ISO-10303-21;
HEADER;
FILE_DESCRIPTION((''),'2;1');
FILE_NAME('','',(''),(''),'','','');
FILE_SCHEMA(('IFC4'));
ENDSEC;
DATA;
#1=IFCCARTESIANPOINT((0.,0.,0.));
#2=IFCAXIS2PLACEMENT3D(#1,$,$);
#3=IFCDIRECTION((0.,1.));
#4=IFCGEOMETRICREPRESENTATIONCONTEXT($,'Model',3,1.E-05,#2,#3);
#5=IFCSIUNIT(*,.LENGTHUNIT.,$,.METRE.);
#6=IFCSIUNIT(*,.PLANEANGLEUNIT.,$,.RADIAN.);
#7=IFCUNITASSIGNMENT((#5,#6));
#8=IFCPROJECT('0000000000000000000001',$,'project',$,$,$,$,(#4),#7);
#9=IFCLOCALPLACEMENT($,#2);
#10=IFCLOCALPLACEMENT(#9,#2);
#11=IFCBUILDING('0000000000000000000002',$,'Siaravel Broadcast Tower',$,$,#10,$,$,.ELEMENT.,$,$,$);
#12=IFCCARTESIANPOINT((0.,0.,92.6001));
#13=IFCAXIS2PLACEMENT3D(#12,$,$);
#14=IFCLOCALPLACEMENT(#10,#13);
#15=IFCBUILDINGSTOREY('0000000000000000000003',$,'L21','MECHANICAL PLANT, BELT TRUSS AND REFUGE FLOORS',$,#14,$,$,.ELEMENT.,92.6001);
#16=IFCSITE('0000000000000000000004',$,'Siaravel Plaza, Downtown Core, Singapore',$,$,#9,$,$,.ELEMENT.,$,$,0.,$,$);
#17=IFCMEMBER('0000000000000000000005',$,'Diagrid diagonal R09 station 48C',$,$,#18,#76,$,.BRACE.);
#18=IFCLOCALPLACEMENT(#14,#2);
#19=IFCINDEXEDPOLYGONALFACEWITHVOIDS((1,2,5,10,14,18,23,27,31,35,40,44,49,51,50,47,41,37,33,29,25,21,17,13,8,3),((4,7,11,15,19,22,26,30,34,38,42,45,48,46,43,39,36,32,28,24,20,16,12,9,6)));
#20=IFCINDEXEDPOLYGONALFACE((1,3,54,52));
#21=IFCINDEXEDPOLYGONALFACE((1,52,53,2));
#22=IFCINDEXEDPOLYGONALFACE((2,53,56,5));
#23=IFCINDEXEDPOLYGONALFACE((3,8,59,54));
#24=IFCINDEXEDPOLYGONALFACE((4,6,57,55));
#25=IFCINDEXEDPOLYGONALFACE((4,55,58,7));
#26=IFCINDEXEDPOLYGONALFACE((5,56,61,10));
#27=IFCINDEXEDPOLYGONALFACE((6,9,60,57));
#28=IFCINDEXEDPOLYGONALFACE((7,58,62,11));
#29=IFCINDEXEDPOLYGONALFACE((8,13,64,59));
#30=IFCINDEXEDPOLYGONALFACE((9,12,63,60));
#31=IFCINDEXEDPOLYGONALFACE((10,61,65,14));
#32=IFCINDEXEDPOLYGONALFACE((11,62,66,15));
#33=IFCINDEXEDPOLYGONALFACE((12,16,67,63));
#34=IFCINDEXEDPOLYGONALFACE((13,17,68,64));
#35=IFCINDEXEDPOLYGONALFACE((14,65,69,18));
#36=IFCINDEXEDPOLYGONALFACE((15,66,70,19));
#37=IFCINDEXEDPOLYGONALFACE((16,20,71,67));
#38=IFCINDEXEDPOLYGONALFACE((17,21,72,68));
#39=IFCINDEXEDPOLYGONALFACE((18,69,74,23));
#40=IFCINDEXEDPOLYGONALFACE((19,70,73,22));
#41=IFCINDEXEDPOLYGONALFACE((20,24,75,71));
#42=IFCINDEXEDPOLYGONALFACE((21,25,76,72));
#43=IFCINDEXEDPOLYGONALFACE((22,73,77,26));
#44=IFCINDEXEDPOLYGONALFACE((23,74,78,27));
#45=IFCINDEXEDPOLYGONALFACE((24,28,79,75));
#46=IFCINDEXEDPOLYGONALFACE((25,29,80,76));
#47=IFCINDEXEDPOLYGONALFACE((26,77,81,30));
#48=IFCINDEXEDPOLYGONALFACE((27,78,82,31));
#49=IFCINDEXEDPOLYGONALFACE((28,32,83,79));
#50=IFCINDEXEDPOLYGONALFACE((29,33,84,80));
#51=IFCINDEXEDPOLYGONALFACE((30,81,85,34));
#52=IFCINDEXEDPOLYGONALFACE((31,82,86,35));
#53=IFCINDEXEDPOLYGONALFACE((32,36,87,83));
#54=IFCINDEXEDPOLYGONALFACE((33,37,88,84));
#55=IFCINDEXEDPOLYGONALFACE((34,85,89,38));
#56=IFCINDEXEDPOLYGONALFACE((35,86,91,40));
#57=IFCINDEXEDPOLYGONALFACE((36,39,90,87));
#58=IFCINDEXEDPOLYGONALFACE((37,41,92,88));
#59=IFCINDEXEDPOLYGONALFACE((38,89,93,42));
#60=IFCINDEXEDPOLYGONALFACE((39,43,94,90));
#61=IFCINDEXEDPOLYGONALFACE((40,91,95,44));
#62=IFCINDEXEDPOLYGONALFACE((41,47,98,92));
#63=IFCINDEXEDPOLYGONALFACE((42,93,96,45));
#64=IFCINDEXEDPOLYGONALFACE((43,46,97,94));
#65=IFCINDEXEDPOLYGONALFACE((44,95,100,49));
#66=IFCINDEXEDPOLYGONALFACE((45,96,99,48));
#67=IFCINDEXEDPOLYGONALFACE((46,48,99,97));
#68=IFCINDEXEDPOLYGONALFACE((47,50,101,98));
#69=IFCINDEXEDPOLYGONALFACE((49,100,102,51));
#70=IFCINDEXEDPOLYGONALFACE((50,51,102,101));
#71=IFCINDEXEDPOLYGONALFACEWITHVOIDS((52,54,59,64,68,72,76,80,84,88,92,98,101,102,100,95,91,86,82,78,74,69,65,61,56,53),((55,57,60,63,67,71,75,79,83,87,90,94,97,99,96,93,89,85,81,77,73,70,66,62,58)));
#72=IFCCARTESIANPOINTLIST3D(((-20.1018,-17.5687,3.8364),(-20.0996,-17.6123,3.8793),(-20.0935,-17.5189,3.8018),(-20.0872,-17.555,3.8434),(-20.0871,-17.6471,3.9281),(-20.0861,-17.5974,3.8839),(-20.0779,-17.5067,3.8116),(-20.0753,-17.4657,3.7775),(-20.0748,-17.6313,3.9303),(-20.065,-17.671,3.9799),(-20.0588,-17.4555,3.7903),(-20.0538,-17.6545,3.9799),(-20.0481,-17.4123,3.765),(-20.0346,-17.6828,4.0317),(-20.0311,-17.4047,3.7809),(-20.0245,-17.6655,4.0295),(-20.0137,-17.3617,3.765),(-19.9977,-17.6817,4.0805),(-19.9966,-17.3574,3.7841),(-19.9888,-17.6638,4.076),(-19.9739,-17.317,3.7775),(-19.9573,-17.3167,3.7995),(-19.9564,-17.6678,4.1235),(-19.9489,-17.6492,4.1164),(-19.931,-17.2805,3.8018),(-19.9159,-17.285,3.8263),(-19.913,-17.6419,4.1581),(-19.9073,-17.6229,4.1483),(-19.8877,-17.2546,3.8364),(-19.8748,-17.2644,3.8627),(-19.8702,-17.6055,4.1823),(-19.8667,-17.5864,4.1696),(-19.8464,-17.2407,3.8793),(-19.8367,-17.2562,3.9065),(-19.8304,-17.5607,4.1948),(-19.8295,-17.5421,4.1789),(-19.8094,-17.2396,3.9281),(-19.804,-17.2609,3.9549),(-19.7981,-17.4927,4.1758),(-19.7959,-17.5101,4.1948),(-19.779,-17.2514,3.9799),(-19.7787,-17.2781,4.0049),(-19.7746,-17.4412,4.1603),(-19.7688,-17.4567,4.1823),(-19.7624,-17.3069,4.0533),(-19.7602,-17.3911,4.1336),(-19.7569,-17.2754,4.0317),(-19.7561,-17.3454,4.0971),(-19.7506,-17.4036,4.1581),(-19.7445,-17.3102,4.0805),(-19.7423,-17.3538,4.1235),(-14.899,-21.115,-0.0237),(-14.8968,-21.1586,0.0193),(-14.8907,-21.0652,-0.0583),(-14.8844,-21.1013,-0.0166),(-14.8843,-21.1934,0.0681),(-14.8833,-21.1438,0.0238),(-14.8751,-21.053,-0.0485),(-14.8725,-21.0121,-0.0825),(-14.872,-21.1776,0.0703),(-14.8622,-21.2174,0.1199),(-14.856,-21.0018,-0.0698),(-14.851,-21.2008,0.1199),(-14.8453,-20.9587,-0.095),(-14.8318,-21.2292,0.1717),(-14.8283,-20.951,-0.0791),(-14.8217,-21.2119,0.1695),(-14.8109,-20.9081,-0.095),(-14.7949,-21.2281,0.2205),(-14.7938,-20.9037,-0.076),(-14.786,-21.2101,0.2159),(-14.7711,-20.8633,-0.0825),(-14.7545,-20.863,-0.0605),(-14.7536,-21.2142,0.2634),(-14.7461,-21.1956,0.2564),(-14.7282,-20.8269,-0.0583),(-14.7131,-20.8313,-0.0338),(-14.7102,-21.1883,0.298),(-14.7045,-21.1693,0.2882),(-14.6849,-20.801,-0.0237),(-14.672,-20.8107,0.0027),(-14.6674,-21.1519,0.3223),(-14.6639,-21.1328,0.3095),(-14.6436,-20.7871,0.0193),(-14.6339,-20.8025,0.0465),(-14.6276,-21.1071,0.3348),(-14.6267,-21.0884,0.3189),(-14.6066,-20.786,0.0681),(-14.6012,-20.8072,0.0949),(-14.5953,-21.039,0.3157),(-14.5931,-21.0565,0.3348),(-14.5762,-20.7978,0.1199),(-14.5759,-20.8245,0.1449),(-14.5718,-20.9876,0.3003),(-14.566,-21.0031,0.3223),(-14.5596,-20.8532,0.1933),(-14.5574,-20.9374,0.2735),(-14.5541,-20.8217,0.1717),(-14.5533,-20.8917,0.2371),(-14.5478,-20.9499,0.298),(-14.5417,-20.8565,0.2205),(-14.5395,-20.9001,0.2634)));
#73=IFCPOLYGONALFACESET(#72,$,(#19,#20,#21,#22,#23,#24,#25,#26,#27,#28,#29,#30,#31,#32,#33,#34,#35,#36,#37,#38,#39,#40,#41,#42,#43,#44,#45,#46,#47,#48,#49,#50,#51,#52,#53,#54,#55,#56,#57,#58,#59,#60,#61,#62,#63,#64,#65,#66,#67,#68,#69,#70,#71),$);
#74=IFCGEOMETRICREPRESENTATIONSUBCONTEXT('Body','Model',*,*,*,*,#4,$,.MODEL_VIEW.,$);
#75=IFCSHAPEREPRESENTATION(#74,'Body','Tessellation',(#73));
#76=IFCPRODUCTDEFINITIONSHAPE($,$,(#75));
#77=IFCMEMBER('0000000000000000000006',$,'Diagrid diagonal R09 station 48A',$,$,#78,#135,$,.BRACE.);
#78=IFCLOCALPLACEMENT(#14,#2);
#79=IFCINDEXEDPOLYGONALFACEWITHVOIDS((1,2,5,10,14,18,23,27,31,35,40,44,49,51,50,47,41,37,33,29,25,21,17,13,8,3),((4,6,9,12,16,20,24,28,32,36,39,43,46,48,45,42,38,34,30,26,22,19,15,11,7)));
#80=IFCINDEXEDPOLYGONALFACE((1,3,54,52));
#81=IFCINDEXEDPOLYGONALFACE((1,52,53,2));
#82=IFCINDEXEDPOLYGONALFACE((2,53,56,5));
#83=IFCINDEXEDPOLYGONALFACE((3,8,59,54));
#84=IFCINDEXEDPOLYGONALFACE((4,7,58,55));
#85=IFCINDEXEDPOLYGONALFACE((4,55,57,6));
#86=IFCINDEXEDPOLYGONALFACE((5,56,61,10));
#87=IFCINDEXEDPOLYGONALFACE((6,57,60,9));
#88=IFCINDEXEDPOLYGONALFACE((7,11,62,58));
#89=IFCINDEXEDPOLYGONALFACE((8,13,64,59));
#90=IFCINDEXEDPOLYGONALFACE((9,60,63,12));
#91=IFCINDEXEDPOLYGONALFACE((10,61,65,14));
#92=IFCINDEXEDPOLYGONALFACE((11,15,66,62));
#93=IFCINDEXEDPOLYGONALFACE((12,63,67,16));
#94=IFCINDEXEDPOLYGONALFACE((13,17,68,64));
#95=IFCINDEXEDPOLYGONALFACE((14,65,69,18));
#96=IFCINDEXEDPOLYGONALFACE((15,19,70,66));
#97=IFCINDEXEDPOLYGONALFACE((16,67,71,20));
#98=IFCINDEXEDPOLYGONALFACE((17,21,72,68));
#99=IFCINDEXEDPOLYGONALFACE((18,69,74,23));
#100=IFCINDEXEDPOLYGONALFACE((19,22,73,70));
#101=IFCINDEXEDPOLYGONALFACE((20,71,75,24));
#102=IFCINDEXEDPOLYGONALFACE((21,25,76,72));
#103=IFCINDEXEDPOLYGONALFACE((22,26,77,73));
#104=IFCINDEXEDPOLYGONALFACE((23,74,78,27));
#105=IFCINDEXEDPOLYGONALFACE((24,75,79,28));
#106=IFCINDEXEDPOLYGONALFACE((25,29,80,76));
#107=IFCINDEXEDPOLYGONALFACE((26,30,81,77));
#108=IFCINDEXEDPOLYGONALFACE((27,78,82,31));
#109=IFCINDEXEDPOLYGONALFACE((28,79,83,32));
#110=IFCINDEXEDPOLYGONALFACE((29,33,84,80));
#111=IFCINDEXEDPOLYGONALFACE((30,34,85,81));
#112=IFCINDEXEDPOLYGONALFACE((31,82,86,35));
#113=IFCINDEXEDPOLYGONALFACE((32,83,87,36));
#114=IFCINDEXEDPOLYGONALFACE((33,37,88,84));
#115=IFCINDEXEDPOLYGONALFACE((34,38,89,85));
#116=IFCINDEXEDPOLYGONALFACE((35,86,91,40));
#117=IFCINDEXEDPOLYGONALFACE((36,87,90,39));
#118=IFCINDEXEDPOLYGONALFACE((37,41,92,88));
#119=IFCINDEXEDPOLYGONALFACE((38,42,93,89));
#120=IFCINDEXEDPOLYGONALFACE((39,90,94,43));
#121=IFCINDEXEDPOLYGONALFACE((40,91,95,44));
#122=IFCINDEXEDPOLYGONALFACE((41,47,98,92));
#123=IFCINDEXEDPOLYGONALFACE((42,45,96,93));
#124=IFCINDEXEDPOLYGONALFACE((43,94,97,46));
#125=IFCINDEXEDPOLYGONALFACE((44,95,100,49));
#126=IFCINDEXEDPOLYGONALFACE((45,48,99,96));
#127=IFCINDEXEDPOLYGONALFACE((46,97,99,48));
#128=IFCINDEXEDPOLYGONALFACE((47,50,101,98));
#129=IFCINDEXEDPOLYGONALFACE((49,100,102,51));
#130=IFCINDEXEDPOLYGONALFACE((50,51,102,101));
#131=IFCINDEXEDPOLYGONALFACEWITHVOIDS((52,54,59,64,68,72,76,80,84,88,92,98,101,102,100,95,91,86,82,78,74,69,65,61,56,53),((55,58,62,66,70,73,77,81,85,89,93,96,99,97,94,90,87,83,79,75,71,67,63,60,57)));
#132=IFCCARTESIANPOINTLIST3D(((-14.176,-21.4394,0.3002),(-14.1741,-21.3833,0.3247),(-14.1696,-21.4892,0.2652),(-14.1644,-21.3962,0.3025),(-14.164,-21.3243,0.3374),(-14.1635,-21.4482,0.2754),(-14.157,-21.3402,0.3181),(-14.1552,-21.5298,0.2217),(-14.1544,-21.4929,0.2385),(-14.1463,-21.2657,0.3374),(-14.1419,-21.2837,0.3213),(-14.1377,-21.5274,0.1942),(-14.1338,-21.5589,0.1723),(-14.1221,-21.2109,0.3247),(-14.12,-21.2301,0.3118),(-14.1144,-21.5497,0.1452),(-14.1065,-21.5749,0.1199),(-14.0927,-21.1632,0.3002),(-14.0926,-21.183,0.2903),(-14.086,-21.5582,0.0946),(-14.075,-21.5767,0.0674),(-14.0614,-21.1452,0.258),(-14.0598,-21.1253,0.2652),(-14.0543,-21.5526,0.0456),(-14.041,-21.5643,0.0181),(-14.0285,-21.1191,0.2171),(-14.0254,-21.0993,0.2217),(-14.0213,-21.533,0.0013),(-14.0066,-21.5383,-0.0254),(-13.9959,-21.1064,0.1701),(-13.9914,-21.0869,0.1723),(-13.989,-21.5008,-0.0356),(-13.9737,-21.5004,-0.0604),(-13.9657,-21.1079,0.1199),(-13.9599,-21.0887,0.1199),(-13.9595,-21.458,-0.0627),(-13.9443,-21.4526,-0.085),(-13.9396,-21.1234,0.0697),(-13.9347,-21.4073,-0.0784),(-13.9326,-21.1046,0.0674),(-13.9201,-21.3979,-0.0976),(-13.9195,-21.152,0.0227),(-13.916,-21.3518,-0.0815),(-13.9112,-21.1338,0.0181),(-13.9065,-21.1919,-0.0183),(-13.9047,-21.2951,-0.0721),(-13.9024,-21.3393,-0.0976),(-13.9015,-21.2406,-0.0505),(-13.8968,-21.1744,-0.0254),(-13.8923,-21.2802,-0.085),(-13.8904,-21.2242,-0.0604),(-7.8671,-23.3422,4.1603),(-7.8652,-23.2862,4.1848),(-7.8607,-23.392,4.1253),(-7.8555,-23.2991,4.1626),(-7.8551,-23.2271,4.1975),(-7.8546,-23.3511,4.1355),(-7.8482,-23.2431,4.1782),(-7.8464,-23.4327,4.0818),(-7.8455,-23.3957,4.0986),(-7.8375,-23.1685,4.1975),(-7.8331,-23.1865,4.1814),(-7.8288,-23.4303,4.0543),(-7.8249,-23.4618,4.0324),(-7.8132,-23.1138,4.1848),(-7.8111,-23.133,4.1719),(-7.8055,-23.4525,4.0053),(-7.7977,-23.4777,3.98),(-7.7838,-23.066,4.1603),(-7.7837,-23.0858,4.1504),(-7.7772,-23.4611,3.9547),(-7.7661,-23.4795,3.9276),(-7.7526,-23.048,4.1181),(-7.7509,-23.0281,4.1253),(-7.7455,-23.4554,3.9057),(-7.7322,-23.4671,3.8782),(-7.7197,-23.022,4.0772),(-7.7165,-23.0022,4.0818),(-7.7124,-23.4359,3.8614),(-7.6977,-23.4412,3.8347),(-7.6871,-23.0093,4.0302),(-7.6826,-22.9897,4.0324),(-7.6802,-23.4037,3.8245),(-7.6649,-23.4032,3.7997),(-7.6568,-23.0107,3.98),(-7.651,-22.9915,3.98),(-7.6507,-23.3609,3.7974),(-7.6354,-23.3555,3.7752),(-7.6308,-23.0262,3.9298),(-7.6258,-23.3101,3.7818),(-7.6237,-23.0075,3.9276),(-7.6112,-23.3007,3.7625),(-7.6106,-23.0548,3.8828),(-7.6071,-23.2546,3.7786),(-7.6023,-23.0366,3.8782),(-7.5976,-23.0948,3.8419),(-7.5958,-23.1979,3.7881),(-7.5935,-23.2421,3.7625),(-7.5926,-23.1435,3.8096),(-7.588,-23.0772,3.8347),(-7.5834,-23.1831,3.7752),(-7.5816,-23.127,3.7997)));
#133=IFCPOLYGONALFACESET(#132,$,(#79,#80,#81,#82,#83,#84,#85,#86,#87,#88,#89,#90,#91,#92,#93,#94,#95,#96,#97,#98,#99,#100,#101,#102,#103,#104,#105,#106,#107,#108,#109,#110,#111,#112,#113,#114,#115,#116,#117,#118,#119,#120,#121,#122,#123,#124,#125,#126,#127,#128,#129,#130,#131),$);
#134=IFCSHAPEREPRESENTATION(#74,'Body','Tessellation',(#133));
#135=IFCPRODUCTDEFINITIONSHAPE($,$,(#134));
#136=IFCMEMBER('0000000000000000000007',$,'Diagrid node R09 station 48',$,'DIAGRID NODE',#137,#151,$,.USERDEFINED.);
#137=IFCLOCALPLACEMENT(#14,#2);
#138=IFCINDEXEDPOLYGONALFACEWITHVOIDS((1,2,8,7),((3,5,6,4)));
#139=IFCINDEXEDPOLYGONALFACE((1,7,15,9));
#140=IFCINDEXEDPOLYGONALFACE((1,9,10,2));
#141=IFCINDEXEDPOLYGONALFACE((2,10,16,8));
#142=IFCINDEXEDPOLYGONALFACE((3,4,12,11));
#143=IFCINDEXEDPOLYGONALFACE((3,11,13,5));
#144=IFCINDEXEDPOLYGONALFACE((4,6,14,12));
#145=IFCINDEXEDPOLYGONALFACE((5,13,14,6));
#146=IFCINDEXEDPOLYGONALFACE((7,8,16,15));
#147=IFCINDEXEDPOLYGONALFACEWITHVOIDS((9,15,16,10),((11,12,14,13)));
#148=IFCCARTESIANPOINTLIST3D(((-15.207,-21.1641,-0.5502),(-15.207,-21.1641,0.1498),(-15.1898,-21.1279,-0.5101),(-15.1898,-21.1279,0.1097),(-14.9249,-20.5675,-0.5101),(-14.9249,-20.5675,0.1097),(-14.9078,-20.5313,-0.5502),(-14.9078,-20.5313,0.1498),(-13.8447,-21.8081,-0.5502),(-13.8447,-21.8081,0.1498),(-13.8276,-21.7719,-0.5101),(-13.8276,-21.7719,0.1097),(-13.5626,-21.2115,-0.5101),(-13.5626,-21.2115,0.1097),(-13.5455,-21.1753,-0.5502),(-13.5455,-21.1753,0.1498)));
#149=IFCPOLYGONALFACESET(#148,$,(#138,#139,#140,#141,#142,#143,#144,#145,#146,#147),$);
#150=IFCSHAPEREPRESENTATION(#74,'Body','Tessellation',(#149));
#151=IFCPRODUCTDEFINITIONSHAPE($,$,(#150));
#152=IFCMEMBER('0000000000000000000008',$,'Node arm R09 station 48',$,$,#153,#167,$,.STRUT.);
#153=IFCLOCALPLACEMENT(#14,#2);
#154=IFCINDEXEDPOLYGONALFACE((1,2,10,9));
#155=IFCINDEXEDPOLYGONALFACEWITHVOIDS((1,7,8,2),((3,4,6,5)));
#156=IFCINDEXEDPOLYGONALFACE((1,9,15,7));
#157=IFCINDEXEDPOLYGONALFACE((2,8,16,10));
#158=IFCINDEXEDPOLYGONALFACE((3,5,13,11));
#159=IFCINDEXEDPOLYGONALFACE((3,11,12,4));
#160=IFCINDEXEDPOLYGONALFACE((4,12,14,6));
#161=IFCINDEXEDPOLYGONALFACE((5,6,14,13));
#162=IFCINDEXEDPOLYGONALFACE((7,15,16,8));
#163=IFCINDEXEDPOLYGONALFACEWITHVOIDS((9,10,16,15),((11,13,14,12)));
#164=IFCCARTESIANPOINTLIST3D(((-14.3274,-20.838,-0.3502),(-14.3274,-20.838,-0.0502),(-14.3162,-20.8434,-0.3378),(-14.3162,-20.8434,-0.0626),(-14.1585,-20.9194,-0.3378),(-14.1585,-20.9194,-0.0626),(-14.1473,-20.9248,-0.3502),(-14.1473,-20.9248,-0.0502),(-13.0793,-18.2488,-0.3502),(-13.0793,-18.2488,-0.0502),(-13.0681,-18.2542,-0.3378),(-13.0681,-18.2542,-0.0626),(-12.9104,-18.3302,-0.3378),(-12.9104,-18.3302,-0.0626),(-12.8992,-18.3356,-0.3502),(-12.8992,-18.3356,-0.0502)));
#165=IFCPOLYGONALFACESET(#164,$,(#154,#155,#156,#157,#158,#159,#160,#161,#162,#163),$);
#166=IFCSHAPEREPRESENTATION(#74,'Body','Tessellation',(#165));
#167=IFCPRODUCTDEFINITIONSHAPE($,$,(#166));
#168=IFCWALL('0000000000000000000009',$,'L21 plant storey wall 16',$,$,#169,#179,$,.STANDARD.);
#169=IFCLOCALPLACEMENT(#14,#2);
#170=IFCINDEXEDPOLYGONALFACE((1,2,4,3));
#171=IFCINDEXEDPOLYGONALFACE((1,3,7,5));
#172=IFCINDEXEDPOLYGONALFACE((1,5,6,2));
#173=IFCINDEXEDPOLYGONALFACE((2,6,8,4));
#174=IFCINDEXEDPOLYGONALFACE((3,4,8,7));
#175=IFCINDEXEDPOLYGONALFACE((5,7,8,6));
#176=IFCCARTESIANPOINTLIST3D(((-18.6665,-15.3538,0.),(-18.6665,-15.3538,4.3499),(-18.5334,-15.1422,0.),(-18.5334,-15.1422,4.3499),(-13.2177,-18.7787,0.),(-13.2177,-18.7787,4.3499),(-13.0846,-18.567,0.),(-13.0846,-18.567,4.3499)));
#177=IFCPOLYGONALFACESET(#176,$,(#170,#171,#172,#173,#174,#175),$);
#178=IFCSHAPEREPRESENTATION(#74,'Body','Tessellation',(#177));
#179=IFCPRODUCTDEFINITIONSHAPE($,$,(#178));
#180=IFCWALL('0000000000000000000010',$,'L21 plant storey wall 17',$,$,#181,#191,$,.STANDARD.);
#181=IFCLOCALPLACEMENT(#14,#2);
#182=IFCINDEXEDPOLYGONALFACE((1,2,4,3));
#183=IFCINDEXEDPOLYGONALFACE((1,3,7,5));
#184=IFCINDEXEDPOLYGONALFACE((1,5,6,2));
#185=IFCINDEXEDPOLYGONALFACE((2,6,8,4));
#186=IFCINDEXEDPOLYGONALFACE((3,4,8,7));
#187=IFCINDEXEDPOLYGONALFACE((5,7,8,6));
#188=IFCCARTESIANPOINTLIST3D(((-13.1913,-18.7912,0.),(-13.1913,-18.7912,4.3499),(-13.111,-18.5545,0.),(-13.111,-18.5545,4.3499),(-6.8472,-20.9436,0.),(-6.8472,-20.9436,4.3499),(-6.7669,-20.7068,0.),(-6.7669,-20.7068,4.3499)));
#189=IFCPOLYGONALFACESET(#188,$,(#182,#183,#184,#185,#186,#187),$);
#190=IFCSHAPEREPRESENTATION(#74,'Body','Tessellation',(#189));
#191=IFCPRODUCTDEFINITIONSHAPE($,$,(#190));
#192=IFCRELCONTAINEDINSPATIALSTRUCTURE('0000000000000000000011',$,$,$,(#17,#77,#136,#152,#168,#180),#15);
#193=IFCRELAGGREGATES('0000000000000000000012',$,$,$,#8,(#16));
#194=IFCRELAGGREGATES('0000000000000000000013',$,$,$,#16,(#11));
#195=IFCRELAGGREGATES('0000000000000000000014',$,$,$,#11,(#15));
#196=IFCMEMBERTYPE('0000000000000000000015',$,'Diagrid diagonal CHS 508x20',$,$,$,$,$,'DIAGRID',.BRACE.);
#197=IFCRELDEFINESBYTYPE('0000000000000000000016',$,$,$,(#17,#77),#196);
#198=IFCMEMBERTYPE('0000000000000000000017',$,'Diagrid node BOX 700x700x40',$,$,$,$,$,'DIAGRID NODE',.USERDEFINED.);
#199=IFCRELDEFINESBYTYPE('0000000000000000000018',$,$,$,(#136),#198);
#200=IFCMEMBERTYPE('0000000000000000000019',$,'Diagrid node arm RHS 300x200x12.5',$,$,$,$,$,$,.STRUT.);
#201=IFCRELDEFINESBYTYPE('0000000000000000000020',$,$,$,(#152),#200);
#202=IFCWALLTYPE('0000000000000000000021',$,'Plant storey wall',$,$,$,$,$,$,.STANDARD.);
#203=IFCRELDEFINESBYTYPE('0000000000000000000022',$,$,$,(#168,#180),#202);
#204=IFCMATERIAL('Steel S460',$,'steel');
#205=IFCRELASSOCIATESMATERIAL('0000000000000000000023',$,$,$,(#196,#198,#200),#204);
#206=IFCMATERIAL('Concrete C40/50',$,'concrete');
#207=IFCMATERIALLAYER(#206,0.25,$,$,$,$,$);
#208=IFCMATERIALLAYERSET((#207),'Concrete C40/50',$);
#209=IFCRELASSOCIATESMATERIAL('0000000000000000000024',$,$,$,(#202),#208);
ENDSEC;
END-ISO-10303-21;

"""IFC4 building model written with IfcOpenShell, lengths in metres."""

from ifc_helpers import new_model, si_unit, direction, frame, frame_2d, origin, origin_2d, place, context, subcontext, project, spatial, rectangle, hollow_rectangle, hollow_circle, extrude, material, layer, layer_set, material_profile, profile_set, type_object, element, save


model = new_model("IFC4")

# Units and contexts
model_context = context("Model", 3, precision=1e-05, world=origin(), true_north=direction((0.0, 1.0)))
body_context = subcontext(model_context, "Body", "Model", "MODEL_VIEW")
ifc_project = project(units=[si_unit("LENGTHUNIT", "METRE"), si_unit("PLANEANGLEUNIT", "RADIAN")], contexts=[model_context])

# Site, building, storey
site_placement = place(None, origin())
site = spatial("IfcSite", under=ifc_project, at=site_placement, Name="Siaravel Plaza, Downtown Core, Singapore", CompositionType="ELEMENT", RefElevation=0.0)
building_placement = place(site_placement, origin())
building = spatial("IfcBuilding", under=site, at=building_placement, Name="Siaravel Broadcast Tower", CompositionType="ELEMENT")
storey_placement = place(building_placement, frame((0.0, 0.0, 92.6001)))
storey = spatial("IfcBuildingStorey", under=building, at=storey_placement, Name="L21", Description="MECHANICAL PLANT, BELT TRUSS AND REFUGE FLOORS", CompositionType="ELEMENT", Elevation=92.6001)

# Shared definitions
ifc_material_1 = material(Name="Steel S460", Category="steel")

# Members
ifc_material_profile_1 = material_profile(ifc_material_1, hollow_circle(Radius=0.2539, WallThickness=0.02, at=origin_2d()))
ifc_profile_set_1 = profile_set([ifc_material_profile_1], Name="Steel S460")
member_type_1 = type_object("IfcMemberType", Name="Diagrid diagonal CHS 508x20", ElementType="DIAGRID", PredefinedType="BRACE", material=ifc_profile_set_1)
member_1_placement = place(storey_placement, frame((-14.7192, -21.0076, 0.1199), z_axis=(-0.704462, 0.480175, 0.522652), x_axis=(-0.563225, -0.826304, 0.0)))
element("IfcMember", 1, at=member_1_placement, inside=storey, type_object=member_type_1, Name="Diagrid diagonal R09 station 48C", PredefinedType="BRACE", context=body_context, shape_type="SweptSolid", body=[
    extrude(hollow_circle(Radius=0.2539, WallThickness=0.02, at=origin_2d()), origin(), (0.0, 0.0, 1.0), 7.3855),
])
member_2_placement = place(storey_placement, frame((-14.0332, -21.3318, 0.1199), z_axis=(0.826097, -0.249162, 0.505453), x_axis=(0.288765, 0.9574, 0.0)))
element("IfcMember", 2, at=member_2_placement, inside=storey, type_object=member_type_1, Name="Diagrid diagonal R09 station 48A", PredefinedType="BRACE", context=body_context, shape_type="SweptSolid", body=[
    extrude(hollow_circle(Radius=0.2539, WallThickness=0.02, at=origin_2d()), origin(), (0.0, 0.0, 1.0), 7.637),
])
ifc_material_profile_2 = material_profile(ifc_material_1, hollow_rectangle(XDim=0.7, YDim=0.7, WallThickness=0.04, at=origin_2d()))
ifc_profile_set_2 = profile_set([ifc_material_profile_2], Name="Steel S460")
member_type_2 = type_object("IfcMemberType", Name="Diagrid node BOX 700x700x40", ElementType="DIAGRID NODE", PredefinedType="USERDEFINED", material=ifc_profile_set_2)
member_3_placement = place(storey_placement, frame((-15.0574, -20.8477, -0.2002), z_axis=(0.904061, -0.427404, 0.0), x_axis=(0.427404, 0.904061, 0.0)))
element("IfcMember", 3, at=member_3_placement, inside=storey, type_object=member_type_2, Name="Diagrid node R09 station 48", ObjectType="DIAGRID NODE", PredefinedType="USERDEFINED", context=body_context, shape_type="SweptSolid", body=[
    extrude(hollow_rectangle(XDim=0.7, YDim=0.7, WallThickness=0.04, at=origin_2d()), origin(), (0.0, 0.0, 1.0), 1.5068),
])
ifc_material_profile_3 = material_profile(ifc_material_1, hollow_rectangle(XDim=0.2, YDim=0.3, WallThickness=0.0125, at=origin_2d()))
ifc_profile_set_3 = profile_set([ifc_material_profile_3], Name="Steel S460")
member_type_3 = type_object("IfcMemberType", Name="Diagrid node arm RHS 300x200x12.5", PredefinedType="STRUT", material=ifc_profile_set_3)
member_4_placement = place(storey_placement, frame((-12.9893, -18.2922, -0.2002), z_axis=(-0.434222, -0.900806, 0.0), x_axis=(0.900806, -0.434222, 0.0)))
element("IfcMember", 4, at=member_4_placement, inside=storey, type_object=member_type_3, Name="Node arm R09 station 48", PredefinedType="STRUT", context=body_context, shape_type="SweptSolid", body=[
    extrude(hollow_rectangle(XDim=0.2, YDim=0.3, WallThickness=0.0125, at=origin_2d()), origin(), (0.0, 0.0, 1.0), 2.8743),
])

# Walls
ifc_material_2 = material(Name="Concrete C40/50", Category="concrete")
ifc_layer_1 = layer(ifc_material_2, 0.25)
ifc_layer_set_1 = layer_set([ifc_layer_1], Name="Concrete C40/50")
wall_type = type_object("IfcWallType", Name="Plant storey wall", PredefinedType="STANDARD", material=ifc_layer_set_1)
wall_1_placement = place(storey_placement, frame((-18.5999, -15.248, 0.0), z_axis=(0.0, 0.0, 1.0), x_axis=(0.846644, -0.532159, 0.0)))
element("IfcWall", 5, at=wall_1_placement, inside=storey, type_object=wall_type, Name="L21 plant storey wall 16", PredefinedType="STANDARD", context=body_context, shape_type="SweptSolid", body=[
    extrude(rectangle(XDim=6.4358, YDim=0.25, at=frame_2d((3.2178, 0.0))), origin(), (0.0, 0.0, 1.0), 4.3499),
])
wall_2_placement = place(storey_placement, frame((-13.1511, -18.6729, 0.0), z_axis=(0.0, 0.0, 1.0), x_axis=(0.946982, -0.321285, 0.0)))
element("IfcWall", 6, at=wall_2_placement, inside=storey, type_object=wall_type, Name="L21 plant storey wall 17", PredefinedType="STANDARD", context=body_context, shape_type="SweptSolid", body=[
    extrude(rectangle(XDim=6.6992, YDim=0.25, at=frame_2d((3.3496, 0.0))), origin(), (0.0, 0.0, 1.0), 4.3499),
])

save(model, "model.ifc")
